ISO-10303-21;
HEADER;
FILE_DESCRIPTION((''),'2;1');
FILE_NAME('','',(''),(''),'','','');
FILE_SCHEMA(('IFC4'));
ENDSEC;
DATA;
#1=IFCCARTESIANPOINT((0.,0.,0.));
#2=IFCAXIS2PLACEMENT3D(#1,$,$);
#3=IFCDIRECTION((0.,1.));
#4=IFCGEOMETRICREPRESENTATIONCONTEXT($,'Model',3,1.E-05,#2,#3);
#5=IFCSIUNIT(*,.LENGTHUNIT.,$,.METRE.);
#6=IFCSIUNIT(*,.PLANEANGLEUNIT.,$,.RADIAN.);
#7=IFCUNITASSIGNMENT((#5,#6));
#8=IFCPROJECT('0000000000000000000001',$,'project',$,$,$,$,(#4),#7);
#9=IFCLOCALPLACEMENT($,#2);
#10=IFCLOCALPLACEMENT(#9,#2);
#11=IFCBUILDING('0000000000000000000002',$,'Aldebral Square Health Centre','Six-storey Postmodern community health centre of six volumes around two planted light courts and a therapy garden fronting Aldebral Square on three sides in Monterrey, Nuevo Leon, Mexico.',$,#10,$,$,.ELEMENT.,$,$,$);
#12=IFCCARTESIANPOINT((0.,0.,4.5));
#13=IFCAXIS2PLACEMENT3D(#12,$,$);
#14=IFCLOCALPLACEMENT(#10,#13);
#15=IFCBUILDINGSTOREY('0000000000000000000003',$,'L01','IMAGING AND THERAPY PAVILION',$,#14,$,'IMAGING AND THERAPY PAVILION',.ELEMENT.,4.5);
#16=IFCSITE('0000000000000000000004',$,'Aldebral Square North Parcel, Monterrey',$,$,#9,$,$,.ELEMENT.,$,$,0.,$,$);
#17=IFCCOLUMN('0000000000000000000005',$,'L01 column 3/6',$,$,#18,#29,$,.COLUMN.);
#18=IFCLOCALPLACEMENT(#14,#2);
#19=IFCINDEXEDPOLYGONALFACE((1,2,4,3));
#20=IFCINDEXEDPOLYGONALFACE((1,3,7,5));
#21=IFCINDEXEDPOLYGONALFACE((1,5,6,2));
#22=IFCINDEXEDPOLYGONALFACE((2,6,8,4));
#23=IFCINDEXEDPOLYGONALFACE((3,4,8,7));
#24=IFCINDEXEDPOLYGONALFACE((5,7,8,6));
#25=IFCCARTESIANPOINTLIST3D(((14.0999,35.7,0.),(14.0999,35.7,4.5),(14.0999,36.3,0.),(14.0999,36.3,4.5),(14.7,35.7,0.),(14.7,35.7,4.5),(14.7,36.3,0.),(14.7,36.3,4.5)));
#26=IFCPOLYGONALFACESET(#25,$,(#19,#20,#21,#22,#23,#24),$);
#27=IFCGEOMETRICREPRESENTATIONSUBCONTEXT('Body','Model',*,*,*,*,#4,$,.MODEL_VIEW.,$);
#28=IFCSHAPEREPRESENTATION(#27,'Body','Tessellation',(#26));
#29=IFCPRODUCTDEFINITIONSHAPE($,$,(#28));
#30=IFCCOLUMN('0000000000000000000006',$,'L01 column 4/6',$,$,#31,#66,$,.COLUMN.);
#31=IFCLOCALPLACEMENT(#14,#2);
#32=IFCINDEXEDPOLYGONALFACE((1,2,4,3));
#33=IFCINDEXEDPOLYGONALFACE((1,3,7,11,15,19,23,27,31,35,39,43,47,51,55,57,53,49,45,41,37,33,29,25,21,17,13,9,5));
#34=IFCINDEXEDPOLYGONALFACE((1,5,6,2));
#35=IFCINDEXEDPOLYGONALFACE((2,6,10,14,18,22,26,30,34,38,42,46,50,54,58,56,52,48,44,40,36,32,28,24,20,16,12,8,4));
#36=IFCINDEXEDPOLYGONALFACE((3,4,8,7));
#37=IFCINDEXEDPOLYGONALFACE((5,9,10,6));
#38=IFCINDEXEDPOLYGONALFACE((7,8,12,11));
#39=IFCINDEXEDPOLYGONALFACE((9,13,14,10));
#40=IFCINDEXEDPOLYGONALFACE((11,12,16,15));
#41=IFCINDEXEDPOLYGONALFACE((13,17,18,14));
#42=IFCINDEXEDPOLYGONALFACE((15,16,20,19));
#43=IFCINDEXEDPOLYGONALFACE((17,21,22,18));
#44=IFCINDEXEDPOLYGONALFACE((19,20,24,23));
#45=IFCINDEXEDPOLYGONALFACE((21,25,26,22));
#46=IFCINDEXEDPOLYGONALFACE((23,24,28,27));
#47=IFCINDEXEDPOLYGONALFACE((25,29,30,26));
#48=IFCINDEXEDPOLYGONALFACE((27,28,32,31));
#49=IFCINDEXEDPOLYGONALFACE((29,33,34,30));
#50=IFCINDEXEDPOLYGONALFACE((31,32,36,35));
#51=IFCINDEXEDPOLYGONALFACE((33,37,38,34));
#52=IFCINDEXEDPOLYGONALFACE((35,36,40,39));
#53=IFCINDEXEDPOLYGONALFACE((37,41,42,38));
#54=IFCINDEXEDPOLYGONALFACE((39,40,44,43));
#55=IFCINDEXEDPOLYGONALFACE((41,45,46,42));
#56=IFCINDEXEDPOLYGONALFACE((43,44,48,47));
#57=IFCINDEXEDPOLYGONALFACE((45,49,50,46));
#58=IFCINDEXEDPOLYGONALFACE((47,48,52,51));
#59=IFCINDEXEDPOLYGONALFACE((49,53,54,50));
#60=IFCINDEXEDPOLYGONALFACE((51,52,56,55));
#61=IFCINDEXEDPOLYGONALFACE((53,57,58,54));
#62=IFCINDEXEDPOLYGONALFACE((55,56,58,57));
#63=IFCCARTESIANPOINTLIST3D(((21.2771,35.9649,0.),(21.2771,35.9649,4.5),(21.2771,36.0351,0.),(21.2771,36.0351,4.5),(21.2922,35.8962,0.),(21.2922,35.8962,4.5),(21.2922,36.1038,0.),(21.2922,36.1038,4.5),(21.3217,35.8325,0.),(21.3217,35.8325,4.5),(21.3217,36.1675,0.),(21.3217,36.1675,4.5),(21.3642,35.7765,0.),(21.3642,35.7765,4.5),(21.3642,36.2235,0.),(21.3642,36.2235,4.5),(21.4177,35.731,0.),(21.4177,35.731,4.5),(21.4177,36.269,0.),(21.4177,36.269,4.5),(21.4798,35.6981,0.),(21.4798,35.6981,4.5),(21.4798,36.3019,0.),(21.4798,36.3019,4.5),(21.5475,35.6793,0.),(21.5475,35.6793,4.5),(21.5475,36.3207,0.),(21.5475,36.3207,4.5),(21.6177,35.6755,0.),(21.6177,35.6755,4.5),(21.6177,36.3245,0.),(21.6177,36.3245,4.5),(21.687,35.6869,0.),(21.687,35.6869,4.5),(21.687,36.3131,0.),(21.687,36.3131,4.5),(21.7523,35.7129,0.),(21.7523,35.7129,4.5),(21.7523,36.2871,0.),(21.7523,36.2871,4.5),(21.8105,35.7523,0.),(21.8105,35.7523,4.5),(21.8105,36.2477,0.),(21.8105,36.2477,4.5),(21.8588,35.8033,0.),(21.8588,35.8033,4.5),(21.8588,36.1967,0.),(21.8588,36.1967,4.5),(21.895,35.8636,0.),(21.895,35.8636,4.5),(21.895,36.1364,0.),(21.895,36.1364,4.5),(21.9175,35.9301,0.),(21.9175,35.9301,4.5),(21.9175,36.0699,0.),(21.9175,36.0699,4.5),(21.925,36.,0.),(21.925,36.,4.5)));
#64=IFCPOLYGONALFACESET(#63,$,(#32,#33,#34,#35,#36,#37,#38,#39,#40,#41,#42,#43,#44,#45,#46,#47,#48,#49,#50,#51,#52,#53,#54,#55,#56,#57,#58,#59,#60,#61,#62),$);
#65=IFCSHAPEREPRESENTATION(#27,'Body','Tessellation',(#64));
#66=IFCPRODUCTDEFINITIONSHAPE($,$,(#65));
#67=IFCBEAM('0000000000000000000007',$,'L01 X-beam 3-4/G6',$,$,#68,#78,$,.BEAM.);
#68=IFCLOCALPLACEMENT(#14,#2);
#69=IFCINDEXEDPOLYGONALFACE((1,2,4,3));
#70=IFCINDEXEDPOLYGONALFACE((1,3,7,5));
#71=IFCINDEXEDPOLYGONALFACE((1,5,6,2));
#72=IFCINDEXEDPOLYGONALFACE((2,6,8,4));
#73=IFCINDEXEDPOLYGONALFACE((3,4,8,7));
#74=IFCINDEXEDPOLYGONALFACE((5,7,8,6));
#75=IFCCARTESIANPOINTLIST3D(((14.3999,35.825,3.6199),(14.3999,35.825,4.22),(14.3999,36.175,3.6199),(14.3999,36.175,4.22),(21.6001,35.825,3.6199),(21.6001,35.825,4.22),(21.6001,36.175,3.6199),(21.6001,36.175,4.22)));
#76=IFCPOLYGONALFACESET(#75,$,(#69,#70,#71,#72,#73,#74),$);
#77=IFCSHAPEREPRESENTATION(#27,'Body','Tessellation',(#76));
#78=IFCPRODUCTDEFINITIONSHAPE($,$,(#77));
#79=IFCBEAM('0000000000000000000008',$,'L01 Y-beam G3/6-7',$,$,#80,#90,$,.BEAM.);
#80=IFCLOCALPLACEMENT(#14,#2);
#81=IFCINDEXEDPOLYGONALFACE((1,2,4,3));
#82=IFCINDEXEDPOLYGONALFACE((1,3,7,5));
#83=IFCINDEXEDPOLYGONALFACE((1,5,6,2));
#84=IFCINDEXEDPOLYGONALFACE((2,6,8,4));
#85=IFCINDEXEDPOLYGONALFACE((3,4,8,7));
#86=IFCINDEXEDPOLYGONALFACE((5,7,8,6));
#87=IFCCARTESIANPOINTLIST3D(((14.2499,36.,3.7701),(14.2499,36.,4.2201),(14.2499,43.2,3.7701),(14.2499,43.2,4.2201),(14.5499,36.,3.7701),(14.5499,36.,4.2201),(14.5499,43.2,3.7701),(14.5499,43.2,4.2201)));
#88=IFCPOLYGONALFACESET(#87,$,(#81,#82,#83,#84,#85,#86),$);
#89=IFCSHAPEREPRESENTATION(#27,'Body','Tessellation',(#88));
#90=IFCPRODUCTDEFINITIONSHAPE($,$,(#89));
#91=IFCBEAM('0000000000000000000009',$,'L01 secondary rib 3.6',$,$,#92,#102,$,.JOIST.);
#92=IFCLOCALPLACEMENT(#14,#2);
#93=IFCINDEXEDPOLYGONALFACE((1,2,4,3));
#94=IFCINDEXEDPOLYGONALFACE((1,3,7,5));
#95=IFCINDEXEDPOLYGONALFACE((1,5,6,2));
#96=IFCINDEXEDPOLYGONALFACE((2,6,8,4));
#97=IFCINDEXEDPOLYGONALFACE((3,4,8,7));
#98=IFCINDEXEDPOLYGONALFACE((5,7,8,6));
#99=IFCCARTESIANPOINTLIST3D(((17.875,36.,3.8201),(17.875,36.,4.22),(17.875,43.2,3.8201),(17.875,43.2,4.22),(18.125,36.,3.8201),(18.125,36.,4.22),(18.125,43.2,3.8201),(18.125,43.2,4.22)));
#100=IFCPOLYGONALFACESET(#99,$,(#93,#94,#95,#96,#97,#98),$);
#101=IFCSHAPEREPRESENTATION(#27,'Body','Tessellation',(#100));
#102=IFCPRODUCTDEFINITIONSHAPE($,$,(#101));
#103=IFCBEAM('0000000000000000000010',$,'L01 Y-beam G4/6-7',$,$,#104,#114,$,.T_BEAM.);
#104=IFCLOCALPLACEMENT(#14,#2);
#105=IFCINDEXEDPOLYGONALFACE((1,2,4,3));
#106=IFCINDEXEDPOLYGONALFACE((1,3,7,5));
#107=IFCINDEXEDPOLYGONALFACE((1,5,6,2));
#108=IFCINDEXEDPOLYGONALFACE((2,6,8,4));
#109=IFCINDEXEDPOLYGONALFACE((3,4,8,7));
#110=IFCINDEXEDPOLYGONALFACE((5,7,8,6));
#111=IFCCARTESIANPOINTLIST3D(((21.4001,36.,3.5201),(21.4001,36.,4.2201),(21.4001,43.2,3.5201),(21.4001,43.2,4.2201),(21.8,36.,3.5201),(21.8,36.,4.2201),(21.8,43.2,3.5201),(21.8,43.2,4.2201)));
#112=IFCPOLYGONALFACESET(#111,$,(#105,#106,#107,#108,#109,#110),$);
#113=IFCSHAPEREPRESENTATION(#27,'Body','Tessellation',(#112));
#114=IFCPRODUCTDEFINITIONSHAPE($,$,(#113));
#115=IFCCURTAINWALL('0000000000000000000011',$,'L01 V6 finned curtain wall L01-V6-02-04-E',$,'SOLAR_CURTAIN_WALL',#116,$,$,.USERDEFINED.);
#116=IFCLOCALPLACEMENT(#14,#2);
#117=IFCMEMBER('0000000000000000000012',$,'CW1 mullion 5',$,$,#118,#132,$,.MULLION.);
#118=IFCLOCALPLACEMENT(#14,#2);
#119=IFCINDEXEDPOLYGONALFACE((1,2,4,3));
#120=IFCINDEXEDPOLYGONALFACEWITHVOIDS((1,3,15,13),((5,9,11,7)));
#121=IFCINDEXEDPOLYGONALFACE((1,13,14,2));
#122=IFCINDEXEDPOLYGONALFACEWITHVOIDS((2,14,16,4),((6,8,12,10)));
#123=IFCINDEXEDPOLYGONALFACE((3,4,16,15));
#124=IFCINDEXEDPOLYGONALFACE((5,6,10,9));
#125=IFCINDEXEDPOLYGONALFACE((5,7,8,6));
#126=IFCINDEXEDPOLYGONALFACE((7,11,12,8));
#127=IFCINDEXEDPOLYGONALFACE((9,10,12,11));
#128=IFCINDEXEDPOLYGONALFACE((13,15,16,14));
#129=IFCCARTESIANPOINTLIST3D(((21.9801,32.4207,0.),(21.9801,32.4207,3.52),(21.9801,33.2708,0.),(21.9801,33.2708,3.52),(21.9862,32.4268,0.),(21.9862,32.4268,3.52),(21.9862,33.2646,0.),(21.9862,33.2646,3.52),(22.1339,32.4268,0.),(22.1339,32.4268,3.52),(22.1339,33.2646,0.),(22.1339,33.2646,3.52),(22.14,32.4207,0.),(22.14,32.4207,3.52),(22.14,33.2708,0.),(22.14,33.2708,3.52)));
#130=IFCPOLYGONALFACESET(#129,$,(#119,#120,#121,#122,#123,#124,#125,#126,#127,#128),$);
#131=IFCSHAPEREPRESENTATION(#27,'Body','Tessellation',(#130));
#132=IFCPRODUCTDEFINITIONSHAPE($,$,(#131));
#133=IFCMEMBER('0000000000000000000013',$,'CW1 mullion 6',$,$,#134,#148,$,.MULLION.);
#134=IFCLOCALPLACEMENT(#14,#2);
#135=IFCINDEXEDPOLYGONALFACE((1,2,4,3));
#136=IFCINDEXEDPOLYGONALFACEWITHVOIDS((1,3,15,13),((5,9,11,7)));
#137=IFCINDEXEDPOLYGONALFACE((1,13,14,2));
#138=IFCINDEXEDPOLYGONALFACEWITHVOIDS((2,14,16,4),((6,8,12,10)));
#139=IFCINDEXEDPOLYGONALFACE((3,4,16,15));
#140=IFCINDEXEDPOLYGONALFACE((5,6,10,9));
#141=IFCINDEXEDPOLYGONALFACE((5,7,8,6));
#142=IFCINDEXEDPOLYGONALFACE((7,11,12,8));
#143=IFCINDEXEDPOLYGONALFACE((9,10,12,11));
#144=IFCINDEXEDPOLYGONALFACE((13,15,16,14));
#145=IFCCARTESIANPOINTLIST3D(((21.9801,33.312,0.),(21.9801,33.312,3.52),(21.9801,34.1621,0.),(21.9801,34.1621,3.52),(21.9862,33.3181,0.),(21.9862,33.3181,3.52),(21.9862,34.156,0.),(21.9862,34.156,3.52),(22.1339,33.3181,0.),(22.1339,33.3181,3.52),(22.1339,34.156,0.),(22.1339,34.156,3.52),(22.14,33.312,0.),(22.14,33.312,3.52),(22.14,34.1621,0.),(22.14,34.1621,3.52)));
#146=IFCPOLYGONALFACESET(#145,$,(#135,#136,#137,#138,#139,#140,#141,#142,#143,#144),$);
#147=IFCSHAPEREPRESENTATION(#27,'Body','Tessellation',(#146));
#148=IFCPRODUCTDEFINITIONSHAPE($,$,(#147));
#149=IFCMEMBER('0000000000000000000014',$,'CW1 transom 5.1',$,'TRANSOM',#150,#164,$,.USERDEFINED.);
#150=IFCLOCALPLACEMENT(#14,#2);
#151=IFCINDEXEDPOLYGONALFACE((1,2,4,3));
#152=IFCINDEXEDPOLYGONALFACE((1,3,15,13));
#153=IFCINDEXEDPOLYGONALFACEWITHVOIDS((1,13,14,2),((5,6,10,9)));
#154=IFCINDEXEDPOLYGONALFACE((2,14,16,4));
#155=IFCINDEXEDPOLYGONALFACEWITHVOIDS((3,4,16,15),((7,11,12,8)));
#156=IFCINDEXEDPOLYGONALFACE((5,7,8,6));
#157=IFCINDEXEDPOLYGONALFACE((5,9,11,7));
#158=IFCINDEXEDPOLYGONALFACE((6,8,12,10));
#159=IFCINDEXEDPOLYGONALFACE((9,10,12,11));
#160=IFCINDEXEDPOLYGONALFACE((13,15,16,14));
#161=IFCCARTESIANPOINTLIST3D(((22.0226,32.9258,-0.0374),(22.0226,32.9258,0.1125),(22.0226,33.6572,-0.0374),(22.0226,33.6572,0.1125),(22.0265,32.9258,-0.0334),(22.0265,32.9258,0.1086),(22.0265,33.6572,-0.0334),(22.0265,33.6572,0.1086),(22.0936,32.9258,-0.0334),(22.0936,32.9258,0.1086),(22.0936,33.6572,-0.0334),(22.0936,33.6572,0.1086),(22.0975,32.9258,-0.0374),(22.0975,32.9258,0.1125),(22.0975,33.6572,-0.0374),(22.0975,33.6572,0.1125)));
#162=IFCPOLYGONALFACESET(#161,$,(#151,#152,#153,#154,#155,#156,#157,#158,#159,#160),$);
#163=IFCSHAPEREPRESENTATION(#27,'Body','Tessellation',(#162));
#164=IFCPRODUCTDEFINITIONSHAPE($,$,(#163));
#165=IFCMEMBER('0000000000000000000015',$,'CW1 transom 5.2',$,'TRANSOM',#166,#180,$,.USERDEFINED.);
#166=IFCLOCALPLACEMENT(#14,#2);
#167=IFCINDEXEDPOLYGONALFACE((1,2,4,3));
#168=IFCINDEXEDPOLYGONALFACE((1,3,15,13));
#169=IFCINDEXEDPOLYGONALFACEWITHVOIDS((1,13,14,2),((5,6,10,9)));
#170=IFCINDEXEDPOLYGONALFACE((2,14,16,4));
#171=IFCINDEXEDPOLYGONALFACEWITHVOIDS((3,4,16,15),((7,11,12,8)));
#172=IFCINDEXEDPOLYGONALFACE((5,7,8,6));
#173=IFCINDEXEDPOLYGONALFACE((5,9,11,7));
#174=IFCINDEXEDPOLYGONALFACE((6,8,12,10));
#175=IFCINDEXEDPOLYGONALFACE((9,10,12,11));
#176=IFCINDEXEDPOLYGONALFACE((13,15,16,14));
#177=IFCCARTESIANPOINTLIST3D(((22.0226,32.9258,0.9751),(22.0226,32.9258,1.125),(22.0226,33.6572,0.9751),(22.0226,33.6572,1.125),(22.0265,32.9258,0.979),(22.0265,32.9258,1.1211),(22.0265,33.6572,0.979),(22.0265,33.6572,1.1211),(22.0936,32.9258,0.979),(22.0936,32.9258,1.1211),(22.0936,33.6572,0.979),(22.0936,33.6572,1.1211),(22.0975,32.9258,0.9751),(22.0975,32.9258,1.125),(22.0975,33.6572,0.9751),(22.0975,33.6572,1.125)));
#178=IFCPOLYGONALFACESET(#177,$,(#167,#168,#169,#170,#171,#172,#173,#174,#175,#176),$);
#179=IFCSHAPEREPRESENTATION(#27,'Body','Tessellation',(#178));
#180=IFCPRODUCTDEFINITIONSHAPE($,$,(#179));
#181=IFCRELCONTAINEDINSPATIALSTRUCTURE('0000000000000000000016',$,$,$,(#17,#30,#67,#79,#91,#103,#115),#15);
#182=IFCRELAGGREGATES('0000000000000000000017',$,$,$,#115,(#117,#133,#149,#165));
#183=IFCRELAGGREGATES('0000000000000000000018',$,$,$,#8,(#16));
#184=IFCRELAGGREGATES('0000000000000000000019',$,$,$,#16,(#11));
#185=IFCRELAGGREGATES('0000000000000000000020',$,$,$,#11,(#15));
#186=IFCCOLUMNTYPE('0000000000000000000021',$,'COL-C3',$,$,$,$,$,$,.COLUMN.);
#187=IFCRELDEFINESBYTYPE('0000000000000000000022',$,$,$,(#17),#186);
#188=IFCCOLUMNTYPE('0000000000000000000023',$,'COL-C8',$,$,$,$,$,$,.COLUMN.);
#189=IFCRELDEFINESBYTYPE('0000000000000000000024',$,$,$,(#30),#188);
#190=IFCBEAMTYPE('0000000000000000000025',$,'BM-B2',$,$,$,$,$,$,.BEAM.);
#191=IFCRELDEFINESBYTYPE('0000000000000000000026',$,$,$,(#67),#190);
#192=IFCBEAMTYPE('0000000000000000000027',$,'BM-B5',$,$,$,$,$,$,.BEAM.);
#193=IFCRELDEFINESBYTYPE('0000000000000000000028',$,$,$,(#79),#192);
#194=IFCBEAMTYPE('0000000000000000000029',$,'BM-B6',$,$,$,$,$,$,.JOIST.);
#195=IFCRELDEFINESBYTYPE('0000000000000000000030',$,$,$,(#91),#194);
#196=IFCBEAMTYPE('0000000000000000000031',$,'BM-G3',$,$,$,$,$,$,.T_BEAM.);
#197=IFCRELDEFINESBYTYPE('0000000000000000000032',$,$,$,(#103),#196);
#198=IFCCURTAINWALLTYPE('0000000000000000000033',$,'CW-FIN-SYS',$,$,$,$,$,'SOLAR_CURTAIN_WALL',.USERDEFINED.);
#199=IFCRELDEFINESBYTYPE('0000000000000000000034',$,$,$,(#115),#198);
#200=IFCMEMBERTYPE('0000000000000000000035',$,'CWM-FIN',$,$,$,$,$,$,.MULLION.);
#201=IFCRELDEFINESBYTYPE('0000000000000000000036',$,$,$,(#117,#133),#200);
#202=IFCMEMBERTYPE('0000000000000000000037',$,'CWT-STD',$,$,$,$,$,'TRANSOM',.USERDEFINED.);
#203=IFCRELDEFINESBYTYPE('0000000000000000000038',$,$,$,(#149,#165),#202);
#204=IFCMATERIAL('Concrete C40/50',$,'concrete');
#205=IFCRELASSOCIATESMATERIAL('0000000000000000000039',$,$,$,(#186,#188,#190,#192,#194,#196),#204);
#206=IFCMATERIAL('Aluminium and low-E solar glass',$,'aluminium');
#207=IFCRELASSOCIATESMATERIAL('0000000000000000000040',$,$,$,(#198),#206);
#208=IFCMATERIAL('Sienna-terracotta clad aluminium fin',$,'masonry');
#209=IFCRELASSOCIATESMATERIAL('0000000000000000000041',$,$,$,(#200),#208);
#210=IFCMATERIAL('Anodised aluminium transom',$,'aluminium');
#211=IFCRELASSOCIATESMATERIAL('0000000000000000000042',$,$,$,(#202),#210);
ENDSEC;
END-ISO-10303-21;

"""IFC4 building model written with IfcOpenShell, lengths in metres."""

from ifc_helpers import new_model, si_unit, direction, frame, origin, origin_2d, place, context, subcontext, project, spatial, rectangle, hollow_rectangle, circle, extrude, material, material_profile, profile_set, type_object, element, aggregate, save


model = new_model("IFC4")

# Units and contexts
model_context = context("Model", 3, precision=1e-05, world=origin(), true_north=direction((0.0, 1.0)))
body_context = subcontext(model_context, "Body", "Model", "MODEL_VIEW")
ifc_project = project(units=[si_unit("LENGTHUNIT", "METRE"), si_unit("PLANEANGLEUNIT", "RADIAN")], contexts=[model_context])

# Site, building, storey
site_placement = place(None, origin())
site = spatial("IfcSite", under=ifc_project, at=site_placement, Name="Aldebral Square North Parcel, Monterrey", CompositionType="ELEMENT", RefElevation=0.0)
building_placement = place(site_placement, origin())
building = spatial("IfcBuilding", under=site, at=building_placement, Name="Aldebral Square Health Centre", Description="Six-storey Postmodern community health centre of six volumes around two planted light courts and a therapy garden fronting Aldebral Square on three sides in Monterrey, Nuevo Leon, Mexico.", CompositionType="ELEMENT")
storey_placement = place(building_placement, frame((0.0, 0.0, 4.5)))
storey = spatial("IfcBuildingStorey", under=building, at=storey_placement, Name="L01", Description="IMAGING AND THERAPY PAVILION", LongName="IMAGING AND THERAPY PAVILION", CompositionType="ELEMENT", Elevation=4.5)

# Columns
ifc_material_1 = material(Name="Concrete C40/50", Category="concrete")
ifc_material_profile_1 = material_profile(ifc_material_1, rectangle(XDim=0.6001, YDim=0.6001, at=origin_2d()), Name="RC 600x600")
ifc_profile_set_1 = profile_set([ifc_material_profile_1], Name="Concrete C40/50")
column_type_1 = type_object("IfcColumnType", Name="COL-C3", PredefinedType="COLUMN", material=ifc_profile_set_1)
column_1_placement = place(storey_placement, frame((14.3999, 36.0, 0.0), z_axis=(0.0, 0.0, 1.0), x_axis=(1.0, 0.0, 0.0)))
element("IfcColumn", 1, at=column_1_placement, inside=storey, type_object=column_type_1, Name="L01 column 3/6", PredefinedType="COLUMN", context=body_context, shape_type="SweptSolid", body=[
    extrude(rectangle(XDim=0.6001, YDim=0.6001, at=origin_2d()), origin(), (0.0, 0.0, 1.0), 4.5),
])
ifc_material_profile_2 = material_profile(ifc_material_1, circle(Radius=0.325, at=origin_2d()), Name="RC D650")
ifc_profile_set_2 = profile_set([ifc_material_profile_2], Name="Concrete C40/50")
column_type_2 = type_object("IfcColumnType", Name="COL-C8", PredefinedType="COLUMN", material=ifc_profile_set_2)
column_2_placement = place(storey_placement, frame((21.6001, 36.0, 0.0), z_axis=(0.0, 0.0, 1.0), x_axis=(1.0, 0.0, 0.0)))
element("IfcColumn", 2, at=column_2_placement, inside=storey, type_object=column_type_2, Name="L01 column 4/6", PredefinedType="COLUMN", context=body_context, shape_type="SweptSolid", body=[
    extrude(circle(Radius=0.325, at=origin_2d()), origin(), (0.0, 0.0, 1.0), 4.5),
])

# Beams
ifc_material_profile_3 = material_profile(ifc_material_1, rectangle(XDim=0.3501, YDim=0.6001, at=origin_2d()), Name="RC 350x600")
ifc_profile_set_3 = profile_set([ifc_material_profile_3], Name="Concrete C40/50")
beam_type_1 = type_object("IfcBeamType", Name="BM-B2", PredefinedType="BEAM", material=ifc_profile_set_3)
beam_1_placement = place(storey_placement, frame((14.3999, 36.0, 3.9199), z_axis=(1.0, 0.0, 0.0), x_axis=(0.0, 1.0, 0.0)))
element("IfcBeam", 3, at=beam_1_placement, inside=storey, type_object=beam_type_1, Name="L01 X-beam 3-4/G6", PredefinedType="BEAM", context=body_context, shape_type="SweptSolid", body=[
    extrude(rectangle(XDim=0.3501, YDim=0.6001, at=origin_2d()), origin(), (0.0, 0.0, 1.0), 7.2002),
])
ifc_material_profile_4 = material_profile(ifc_material_1, rectangle(XDim=0.3, YDim=0.45, at=origin_2d()), Name="RC 300x450")
ifc_profile_set_4 = profile_set([ifc_material_profile_4], Name="Concrete C40/50")
beam_type_2 = type_object("IfcBeamType", Name="BM-B5", PredefinedType="BEAM", material=ifc_profile_set_4)
beam_2_placement = place(storey_placement, frame((14.3999, 36.0, 3.9951), z_axis=(0.0, 1.0, 0.0), x_axis=(-1.0, 0.0, 0.0)))
element("IfcBeam", 4, at=beam_2_placement, inside=storey, type_object=beam_type_2, Name="L01 Y-beam G3/6-7", PredefinedType="BEAM", context=body_context, shape_type="SweptSolid", body=[
    extrude(rectangle(XDim=0.3, YDim=0.45, at=origin_2d()), origin(), (0.0, 0.0, 1.0), 7.2),
])
ifc_material_profile_5 = material_profile(ifc_material_1, rectangle(XDim=0.25, YDim=0.3999, at=origin_2d()), Name="RC 250x400")
ifc_profile_set_5 = profile_set([ifc_material_profile_5], Name="Concrete C40/50")
beam_type_3 = type_object("IfcBeamType", Name="BM-B6", PredefinedType="JOIST", material=ifc_profile_set_5)
beam_3_placement = place(storey_placement, frame((18.0, 36.0, 4.02), z_axis=(0.0, 1.0, 0.0), x_axis=(-1.0, 0.0, 0.0)))
element("IfcBeam", 5, at=beam_3_placement, inside=storey, type_object=beam_type_3, Name="L01 secondary rib 3.6", PredefinedType="JOIST", context=body_context, shape_type="SweptSolid", body=[
    extrude(rectangle(XDim=0.25, YDim=0.3999, at=origin_2d()), origin(), (0.0, 0.0, 1.0), 7.2),
])
ifc_material_profile_6 = material_profile(ifc_material_1, rectangle(XDim=0.3999, YDim=0.7, at=origin_2d()), Name="RC 400x700")
ifc_profile_set_6 = profile_set([ifc_material_profile_6], Name="Concrete C40/50")
beam_type_4 = type_object("IfcBeamType", Name="BM-G3", PredefinedType="T_BEAM", material=ifc_profile_set_6)
beam_4_placement = place(storey_placement, frame((21.6001, 36.0, 3.8701), z_axis=(0.0, 1.0, 0.0), x_axis=(-1.0, 0.0, 0.0)))
element("IfcBeam", 6, at=beam_4_placement, inside=storey, type_object=beam_type_4, Name="L01 Y-beam G4/6-7", PredefinedType="T_BEAM", context=body_context, shape_type="SweptSolid", body=[
    extrude(rectangle(XDim=0.3999, YDim=0.7, at=origin_2d()), origin(), (0.0, 0.0, 1.0), 7.2),
])

# Curtain wall, members
ifc_material_2 = material(Name="Aluminium and low-E solar glass", Category="aluminium")
curtain_wall_type = type_object("IfcCurtainWallType", Name="CW-FIN-SYS", ElementType="SOLAR_CURTAIN_WALL", PredefinedType="USERDEFINED", material=ifc_material_2)
curtain_wall_placement = place(storey_placement, origin())
curtain_wall = element("IfcCurtainWall", 7, at=curtain_wall_placement, inside=storey, type_object=curtain_wall_type, Name="L01 V6 finned curtain wall L01-V6-02-04-E", ObjectType="SOLAR_CURTAIN_WALL", PredefinedType="USERDEFINED")
ifc_material_3 = material(Name="Sienna-terracotta clad aluminium fin", Category="masonry")
ifc_material_profile_7 = material_profile(ifc_material_3, hollow_rectangle(XDim=0.1599, YDim=0.8501, WallThickness=0.0061, at=origin_2d()), Name="FIN 160x850x6")
ifc_profile_set_7 = profile_set([ifc_material_profile_7], Name="Sienna-terracotta clad aluminium fin")
member_type_1 = type_object("IfcMemberType", Name="CWM-FIN", PredefinedType="MULLION", material=ifc_profile_set_7)
member_1_placement = place(storey_placement, frame((22.0601, 32.8457, 0.0), z_axis=(0.0, 0.0, 1.0), x_axis=(-1.0, 0.0, 0.0)))
member_1 = element("IfcMember", 8, at=member_1_placement, type_object=member_type_1, Name="CW1 mullion 5", PredefinedType="MULLION", context=body_context, shape_type="SweptSolid", body=[
    extrude(hollow_rectangle(XDim=0.1599, YDim=0.8501, WallThickness=0.0061, at=origin_2d()), origin(), (0.0, 0.0, 1.0), 3.52),
])
member_2_placement = place(storey_placement, frame((22.0601, 33.7371, 0.0), z_axis=(0.0, 0.0, 1.0), x_axis=(-1.0, 0.0, 0.0)))
member_2 = element("IfcMember", 9, at=member_2_placement, type_object=member_type_1, Name="CW1 mullion 6", PredefinedType="MULLION", context=body_context, shape_type="SweptSolid", body=[
    extrude(hollow_rectangle(XDim=0.1599, YDim=0.8501, WallThickness=0.0061, at=origin_2d()), origin(), (0.0, 0.0, 1.0), 3.52),
])
ifc_material_4 = material(Name="Anodised aluminium transom", Category="aluminium")
ifc_material_profile_8 = material_profile(ifc_material_4, hollow_rectangle(XDim=0.075, YDim=0.1499, WallThickness=0.0039, at=origin_2d()), Name="CWT 75x150x4")
ifc_profile_set_8 = profile_set([ifc_material_profile_8], Name="Anodised aluminium transom")
member_type_2 = type_object("IfcMemberType", Name="CWT-STD", ElementType="TRANSOM", PredefinedType="USERDEFINED", material=ifc_profile_set_8)
member_3_placement = place(storey_placement, frame((22.0601, 32.9258, 0.0376), z_axis=(0.0, 1.0, 0.0), x_axis=(-1.0, 0.0, 0.0)))
member_3 = element("IfcMember", 10, at=member_3_placement, type_object=member_type_2, Name="CW1 transom 5.1", ObjectType="TRANSOM", PredefinedType="USERDEFINED", context=body_context, shape_type="SweptSolid", body=[
    extrude(hollow_rectangle(XDim=0.075, YDim=0.1499, WallThickness=0.0039, at=origin_2d()), origin(), (0.0, 0.0, 1.0), 0.7314),
])
member_4_placement = place(storey_placement, frame((22.0601, 32.9258, 1.05), z_axis=(0.0, 1.0, 0.0), x_axis=(-1.0, 0.0, 0.0)))
member_4 = element("IfcMember", 11, at=member_4_placement, type_object=member_type_2, Name="CW1 transom 5.2", ObjectType="TRANSOM", PredefinedType="USERDEFINED", context=body_context, shape_type="SweptSolid", body=[
    extrude(hollow_rectangle(XDim=0.075, YDim=0.1499, WallThickness=0.0039, at=origin_2d()), origin(), (0.0, 0.0, 1.0), 0.7314),
])
aggregate(curtain_wall, [member_1, member_2, member_3, member_4])

save(model, "model.ifc")
